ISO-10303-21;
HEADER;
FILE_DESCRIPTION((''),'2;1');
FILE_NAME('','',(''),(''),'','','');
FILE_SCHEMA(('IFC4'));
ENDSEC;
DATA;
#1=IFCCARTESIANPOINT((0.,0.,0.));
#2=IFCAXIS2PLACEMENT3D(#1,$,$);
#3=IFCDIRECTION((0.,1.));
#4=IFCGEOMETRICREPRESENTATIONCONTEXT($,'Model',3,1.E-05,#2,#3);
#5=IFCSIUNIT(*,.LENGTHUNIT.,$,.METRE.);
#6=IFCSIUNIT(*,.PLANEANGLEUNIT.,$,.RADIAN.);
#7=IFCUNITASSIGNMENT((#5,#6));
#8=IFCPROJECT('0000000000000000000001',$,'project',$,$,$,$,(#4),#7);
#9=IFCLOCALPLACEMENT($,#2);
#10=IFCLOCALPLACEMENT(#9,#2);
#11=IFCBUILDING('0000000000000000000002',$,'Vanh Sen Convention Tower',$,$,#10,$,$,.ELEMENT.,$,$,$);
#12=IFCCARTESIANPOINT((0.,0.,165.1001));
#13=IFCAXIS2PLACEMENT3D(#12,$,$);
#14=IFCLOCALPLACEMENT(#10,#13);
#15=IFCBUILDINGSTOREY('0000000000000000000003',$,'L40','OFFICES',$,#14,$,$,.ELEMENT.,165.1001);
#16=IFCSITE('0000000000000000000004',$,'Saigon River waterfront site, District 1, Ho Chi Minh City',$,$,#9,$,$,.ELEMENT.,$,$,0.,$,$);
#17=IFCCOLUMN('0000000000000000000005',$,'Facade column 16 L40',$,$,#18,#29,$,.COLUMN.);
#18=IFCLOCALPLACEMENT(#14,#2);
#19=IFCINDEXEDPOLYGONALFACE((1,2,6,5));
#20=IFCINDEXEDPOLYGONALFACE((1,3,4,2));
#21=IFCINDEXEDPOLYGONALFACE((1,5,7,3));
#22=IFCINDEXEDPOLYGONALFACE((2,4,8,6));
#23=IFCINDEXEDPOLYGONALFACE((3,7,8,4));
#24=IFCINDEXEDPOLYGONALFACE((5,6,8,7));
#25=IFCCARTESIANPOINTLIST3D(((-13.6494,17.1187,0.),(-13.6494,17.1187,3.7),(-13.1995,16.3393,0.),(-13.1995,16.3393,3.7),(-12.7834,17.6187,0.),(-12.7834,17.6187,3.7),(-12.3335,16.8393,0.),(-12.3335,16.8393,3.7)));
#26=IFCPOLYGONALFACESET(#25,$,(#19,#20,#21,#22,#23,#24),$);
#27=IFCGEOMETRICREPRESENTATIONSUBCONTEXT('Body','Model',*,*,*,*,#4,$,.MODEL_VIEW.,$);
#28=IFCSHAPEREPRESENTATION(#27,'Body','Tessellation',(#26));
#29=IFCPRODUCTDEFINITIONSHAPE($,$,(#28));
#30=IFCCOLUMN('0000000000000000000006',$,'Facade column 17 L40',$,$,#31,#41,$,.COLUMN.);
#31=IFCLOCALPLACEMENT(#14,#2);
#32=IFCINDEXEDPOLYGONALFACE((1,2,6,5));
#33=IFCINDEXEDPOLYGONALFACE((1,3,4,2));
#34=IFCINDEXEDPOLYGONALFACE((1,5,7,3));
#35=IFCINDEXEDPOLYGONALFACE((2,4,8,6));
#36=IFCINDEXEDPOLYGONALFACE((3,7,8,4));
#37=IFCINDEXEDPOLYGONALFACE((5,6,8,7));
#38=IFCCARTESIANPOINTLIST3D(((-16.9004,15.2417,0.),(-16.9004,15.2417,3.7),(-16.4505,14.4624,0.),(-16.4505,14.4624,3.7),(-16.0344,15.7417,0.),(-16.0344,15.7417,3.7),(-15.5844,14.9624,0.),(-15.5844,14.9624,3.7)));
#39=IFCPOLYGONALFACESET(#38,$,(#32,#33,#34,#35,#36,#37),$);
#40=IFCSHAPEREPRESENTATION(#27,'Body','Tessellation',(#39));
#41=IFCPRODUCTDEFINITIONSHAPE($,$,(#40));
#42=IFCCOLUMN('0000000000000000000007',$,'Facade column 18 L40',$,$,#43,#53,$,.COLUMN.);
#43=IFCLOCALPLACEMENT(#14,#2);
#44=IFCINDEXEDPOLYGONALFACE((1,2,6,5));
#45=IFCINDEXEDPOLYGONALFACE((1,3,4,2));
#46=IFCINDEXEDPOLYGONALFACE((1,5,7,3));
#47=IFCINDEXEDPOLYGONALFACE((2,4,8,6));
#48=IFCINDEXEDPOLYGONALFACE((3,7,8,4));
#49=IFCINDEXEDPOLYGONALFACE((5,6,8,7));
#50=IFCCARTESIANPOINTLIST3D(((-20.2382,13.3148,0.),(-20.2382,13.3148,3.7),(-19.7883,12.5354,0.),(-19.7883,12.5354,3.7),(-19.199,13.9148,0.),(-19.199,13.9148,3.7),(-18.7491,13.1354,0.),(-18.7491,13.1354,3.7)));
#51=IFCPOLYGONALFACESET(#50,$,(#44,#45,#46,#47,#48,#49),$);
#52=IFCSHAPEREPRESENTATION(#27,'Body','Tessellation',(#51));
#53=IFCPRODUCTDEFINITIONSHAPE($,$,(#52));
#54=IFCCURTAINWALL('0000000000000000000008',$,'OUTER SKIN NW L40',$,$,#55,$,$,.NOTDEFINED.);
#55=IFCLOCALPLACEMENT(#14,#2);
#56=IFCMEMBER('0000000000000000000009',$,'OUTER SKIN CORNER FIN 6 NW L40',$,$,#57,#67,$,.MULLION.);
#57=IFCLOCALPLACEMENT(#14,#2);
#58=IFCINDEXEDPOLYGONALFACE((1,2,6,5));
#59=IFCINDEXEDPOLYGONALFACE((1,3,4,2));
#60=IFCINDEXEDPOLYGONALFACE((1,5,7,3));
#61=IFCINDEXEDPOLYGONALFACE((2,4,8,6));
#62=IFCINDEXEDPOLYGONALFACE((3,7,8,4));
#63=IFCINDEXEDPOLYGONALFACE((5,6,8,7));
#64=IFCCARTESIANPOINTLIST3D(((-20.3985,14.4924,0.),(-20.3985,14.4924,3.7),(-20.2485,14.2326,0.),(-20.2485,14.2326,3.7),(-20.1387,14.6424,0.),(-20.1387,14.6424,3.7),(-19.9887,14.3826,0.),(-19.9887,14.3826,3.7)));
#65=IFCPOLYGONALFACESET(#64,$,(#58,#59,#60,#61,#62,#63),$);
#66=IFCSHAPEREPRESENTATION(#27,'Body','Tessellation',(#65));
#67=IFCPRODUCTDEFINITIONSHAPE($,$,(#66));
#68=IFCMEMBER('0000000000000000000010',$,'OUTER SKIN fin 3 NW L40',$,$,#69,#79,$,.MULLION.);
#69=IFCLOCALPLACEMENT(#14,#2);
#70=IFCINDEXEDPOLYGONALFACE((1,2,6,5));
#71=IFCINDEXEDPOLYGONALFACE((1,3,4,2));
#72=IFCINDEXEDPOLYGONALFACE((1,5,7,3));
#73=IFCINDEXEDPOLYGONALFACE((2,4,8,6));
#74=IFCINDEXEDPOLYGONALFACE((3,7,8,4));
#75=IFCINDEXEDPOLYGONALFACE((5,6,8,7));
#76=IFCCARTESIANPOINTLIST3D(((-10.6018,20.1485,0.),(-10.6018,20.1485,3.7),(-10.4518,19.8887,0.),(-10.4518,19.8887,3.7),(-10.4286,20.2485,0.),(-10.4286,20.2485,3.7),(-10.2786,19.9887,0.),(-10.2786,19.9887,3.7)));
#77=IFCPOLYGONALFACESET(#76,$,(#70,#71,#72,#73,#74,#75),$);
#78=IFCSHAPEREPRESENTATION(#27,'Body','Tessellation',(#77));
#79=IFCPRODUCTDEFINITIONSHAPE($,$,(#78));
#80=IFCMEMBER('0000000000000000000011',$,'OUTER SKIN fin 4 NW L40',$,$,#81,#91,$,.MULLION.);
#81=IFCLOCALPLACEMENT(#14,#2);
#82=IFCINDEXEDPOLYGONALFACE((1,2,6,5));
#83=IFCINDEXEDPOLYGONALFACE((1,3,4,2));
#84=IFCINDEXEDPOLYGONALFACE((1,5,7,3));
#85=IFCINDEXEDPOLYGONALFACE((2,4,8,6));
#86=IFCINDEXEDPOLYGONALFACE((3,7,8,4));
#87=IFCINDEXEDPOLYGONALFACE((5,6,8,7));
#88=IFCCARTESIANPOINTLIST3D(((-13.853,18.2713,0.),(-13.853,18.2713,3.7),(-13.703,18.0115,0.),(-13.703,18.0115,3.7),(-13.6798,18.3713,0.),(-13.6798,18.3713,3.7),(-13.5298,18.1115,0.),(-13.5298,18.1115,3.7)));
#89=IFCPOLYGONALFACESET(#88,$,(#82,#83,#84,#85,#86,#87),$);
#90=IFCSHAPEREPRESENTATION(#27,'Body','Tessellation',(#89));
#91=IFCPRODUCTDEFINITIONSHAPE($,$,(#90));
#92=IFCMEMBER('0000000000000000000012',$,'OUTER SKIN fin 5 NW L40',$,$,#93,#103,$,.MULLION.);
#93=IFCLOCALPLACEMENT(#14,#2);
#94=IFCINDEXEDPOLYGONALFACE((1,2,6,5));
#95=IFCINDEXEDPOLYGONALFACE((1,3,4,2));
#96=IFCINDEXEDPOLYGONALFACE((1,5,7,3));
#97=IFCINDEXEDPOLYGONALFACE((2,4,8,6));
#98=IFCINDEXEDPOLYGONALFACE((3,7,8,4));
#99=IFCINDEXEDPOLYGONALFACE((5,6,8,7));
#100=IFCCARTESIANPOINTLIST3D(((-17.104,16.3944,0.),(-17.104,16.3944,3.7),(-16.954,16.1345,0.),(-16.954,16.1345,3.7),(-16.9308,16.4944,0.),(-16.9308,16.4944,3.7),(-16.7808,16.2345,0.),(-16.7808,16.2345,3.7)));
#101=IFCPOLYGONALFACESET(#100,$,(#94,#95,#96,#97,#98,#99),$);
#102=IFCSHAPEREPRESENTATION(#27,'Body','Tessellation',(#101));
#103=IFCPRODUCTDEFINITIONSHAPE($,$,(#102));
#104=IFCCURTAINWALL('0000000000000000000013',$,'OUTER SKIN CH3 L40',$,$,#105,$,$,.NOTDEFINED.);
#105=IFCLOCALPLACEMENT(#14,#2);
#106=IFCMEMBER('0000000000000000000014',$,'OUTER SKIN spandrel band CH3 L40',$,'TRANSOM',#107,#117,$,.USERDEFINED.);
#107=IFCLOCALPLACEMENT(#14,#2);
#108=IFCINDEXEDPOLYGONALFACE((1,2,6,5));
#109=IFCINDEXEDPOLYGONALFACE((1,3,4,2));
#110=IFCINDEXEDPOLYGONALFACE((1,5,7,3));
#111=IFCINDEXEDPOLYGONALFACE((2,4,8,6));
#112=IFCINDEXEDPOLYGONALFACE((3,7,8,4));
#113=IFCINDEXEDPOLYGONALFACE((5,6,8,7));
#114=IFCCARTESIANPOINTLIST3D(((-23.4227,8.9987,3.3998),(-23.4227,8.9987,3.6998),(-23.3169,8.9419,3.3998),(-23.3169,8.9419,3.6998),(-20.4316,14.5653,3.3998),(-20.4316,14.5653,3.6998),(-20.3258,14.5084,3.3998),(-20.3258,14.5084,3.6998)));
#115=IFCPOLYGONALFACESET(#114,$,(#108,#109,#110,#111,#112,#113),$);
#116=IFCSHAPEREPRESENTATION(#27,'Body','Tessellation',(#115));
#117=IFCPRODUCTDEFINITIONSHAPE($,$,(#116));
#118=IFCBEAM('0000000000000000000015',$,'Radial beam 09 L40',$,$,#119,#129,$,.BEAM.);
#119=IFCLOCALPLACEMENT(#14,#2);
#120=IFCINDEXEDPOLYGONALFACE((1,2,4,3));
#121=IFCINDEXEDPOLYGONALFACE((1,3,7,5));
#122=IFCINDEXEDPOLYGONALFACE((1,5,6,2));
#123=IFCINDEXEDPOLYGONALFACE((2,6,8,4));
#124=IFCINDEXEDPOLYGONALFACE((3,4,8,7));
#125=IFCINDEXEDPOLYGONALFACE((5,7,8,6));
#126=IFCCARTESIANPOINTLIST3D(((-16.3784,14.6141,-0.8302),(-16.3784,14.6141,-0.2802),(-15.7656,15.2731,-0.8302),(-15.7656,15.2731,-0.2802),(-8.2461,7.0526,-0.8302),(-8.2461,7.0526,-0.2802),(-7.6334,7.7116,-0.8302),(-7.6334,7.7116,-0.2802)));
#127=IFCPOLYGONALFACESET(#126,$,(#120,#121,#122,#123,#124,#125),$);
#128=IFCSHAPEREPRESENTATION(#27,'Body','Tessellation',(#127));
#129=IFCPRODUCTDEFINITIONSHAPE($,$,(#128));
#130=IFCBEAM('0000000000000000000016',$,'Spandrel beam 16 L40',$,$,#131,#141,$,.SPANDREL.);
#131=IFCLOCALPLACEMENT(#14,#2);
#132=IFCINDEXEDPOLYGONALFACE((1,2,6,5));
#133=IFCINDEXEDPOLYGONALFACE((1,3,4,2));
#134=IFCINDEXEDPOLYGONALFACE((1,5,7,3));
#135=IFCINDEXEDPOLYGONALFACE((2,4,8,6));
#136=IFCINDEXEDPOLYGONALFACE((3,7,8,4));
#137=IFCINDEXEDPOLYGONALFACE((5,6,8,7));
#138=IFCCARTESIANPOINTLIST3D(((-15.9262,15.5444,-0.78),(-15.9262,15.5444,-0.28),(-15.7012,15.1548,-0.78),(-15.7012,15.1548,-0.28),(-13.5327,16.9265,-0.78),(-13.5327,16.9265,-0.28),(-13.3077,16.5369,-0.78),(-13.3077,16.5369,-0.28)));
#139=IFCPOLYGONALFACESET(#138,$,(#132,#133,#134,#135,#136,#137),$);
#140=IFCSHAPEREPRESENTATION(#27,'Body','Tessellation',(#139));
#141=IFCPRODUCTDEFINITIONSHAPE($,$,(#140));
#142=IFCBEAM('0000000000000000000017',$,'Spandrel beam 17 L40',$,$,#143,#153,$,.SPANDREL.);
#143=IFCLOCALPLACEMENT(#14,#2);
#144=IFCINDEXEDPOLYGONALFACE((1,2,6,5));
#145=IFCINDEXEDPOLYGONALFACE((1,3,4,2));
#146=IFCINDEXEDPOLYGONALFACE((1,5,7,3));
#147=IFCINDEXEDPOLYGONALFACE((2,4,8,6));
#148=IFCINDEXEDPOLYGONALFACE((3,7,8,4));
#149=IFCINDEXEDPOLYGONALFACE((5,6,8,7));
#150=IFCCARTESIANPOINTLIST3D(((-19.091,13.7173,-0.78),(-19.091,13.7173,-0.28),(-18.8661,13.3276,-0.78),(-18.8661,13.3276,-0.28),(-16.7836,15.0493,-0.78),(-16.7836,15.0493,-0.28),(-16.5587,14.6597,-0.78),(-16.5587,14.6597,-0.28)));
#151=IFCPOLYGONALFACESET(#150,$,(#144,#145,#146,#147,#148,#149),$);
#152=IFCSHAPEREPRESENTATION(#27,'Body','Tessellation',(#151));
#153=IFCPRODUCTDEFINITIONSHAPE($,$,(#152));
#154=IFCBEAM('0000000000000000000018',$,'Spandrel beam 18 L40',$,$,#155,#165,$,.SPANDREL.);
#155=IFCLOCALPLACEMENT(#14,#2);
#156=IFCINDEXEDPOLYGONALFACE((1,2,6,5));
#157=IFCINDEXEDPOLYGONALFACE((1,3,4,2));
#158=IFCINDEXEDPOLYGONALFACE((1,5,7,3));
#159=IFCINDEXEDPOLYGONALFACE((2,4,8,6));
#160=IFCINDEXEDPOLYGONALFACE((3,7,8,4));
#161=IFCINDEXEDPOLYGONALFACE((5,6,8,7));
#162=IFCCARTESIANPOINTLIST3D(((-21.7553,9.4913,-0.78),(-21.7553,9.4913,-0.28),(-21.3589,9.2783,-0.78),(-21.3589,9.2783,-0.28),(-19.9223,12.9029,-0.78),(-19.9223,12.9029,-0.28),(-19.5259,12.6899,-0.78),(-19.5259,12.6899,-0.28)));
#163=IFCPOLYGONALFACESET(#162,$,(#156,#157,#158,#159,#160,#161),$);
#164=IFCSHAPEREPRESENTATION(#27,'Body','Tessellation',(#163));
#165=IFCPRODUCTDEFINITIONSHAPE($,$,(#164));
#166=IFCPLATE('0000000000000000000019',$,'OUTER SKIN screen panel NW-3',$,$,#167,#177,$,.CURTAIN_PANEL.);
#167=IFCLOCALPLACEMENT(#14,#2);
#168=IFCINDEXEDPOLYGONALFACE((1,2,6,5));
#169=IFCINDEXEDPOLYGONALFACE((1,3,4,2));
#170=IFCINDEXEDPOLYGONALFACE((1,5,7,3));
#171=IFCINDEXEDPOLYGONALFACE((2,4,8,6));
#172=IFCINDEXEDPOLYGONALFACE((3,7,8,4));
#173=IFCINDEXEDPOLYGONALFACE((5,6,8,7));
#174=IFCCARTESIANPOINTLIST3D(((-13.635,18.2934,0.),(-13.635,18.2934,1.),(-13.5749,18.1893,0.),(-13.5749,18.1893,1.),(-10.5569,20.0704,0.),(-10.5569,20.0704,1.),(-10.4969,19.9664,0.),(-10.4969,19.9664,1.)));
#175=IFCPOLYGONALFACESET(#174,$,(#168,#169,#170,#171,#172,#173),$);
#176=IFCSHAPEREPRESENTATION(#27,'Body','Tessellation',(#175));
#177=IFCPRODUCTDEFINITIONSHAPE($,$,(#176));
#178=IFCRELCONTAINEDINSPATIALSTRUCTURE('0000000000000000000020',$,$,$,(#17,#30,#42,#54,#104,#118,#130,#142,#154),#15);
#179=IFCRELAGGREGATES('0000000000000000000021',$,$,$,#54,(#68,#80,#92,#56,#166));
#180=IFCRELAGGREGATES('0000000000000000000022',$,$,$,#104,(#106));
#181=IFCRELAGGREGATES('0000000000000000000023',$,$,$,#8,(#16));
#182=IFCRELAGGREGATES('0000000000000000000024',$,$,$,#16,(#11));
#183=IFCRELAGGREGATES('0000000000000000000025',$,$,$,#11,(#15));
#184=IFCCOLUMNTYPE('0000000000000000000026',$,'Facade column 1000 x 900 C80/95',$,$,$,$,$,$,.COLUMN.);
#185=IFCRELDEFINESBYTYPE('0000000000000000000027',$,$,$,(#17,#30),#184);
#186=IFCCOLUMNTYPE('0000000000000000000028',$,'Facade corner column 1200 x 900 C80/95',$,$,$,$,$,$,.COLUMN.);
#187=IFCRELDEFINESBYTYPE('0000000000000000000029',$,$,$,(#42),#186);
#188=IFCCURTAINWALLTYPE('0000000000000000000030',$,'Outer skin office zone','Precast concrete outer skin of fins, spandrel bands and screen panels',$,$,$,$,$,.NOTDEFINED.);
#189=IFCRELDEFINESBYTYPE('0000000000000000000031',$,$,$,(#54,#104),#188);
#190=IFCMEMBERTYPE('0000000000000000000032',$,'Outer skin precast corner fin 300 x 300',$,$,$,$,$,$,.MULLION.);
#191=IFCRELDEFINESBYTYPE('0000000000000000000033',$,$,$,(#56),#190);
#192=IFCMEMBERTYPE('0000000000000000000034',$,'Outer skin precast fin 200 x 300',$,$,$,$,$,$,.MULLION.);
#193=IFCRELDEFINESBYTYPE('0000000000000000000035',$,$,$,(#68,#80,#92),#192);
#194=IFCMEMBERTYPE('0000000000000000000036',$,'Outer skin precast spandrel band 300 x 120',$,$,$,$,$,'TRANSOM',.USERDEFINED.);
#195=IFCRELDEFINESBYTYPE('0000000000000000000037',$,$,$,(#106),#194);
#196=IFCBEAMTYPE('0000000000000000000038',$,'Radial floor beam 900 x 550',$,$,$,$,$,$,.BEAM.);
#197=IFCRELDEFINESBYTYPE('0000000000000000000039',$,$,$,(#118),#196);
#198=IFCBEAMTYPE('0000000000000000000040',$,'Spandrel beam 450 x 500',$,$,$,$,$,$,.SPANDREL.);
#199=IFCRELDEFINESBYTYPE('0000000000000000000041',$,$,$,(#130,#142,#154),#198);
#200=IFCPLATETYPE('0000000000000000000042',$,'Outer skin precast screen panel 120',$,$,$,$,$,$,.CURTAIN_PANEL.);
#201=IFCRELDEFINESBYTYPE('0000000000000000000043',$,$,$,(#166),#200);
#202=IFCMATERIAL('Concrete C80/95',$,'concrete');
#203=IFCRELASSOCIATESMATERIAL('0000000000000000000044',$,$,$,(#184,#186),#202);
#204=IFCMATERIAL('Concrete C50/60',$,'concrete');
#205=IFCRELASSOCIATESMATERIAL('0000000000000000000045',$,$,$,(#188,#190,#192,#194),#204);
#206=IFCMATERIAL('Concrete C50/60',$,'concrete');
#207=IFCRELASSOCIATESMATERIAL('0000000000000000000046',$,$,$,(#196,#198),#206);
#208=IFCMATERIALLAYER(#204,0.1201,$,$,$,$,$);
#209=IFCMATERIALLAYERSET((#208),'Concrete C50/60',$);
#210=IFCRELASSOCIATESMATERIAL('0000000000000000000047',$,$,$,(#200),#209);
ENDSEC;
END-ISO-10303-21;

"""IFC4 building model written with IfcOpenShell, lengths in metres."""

from ifc_helpers import new_model, si_unit, direction, frame, origin, origin_2d, place, context, subcontext, project, spatial, rectangle, extrude, material, layer, layer_set, material_profile, profile_set, type_object, element, aggregate, save


model = new_model("IFC4")

# Units and contexts
model_context = context("Model", 3, precision=1e-05, world=origin(), true_north=direction((0.0, 1.0)))
body_context = subcontext(model_context, "Body", "Model", "MODEL_VIEW")
ifc_project = project(units=[si_unit("LENGTHUNIT", "METRE"), si_unit("PLANEANGLEUNIT", "RADIAN")], contexts=[model_context])

# Site, building, storey
site_placement = place(None, origin())
site = spatial("IfcSite", under=ifc_project, at=site_placement, Name="Saigon River waterfront site, District 1, Ho Chi Minh City", CompositionType="ELEMENT", RefElevation=0.0)
building_placement = place(site_placement, origin())
building = spatial("IfcBuilding", under=site, at=building_placement, Name="Vanh Sen Convention Tower", CompositionType="ELEMENT")
storey_placement = place(building_placement, frame((0.0, 0.0, 165.1001)))
storey = spatial("IfcBuildingStorey", under=building, at=storey_placement, Name="L40", Description="OFFICES", CompositionType="ELEMENT", Elevation=165.1001)

# Columns
ifc_material_1 = material(Name="Concrete C80/95", Category="concrete")
ifc_material_profile_1 = material_profile(ifc_material_1, rectangle(XDim=1.0, YDim=0.8999, at=origin_2d()), Name="RC 1000X900")
ifc_profile_set_1 = profile_set([ifc_material_profile_1], Name="Concrete C80/95")
column_type_1 = type_object("IfcColumnType", Name="Facade column 1000 x 900 C80/95", PredefinedType="COLUMN", material=ifc_profile_set_1)
for number, where, z_axis, x_axis, name in (
    (1, (-12.9915, 16.979, 0.0), (0.0, 0.0, 1.0), (-0.866025, -0.5, 0.0), "Facade column 16 L40"),
    (2, (-16.2424, 15.1021, 0.0), (0.0, 0.0, 1.0), (-0.866025, -0.5, 0.0), "Facade column 17 L40"),
):
    element("IfcColumn", number, at=place(storey_placement, frame(where, z_axis=z_axis, x_axis=x_axis)), inside=storey, type_object=column_type_1, Name=name, PredefinedType="COLUMN", context=body_context, shape_type="SweptSolid", body=[
        extrude(rectangle(XDim=1.0, YDim=0.8999, at=origin_2d()), origin(), (0.0, 0.0, 1.0), 3.7),
    ])
ifc_material_profile_2 = material_profile(ifc_material_1, rectangle(XDim=1.2, YDim=0.8999, at=origin_2d()), Name="RC 1200X900")
ifc_profile_set_2 = profile_set([ifc_material_profile_2], Name="Concrete C80/95")
column_type_2 = type_object("IfcColumnType", Name="Facade corner column 1200 x 900 C80/95", PredefinedType="COLUMN", material=ifc_profile_set_2)
column_placement = place(storey_placement, frame((-19.4937, 13.2251, 0.0), z_axis=(0.0, 0.0, 1.0), x_axis=(-0.866025, -0.5, 0.0)))
element("IfcColumn", 3, at=column_placement, inside=storey, type_object=column_type_2, Name="Facade column 18 L40", PredefinedType="COLUMN", context=body_context, shape_type="SweptSolid", body=[
    extrude(rectangle(XDim=1.2, YDim=0.8999, at=origin_2d()), origin(), (0.0, 0.0, 1.0), 3.7),
])

# Curtain wall, members
ifc_material_2 = material(Name="Concrete C50/60", Category="concrete")
curtain_wall_type = type_object("IfcCurtainWallType", Name="Outer skin office zone", Description="Precast concrete outer skin of fins, spandrel bands and screen panels", PredefinedType="NOTDEFINED", material=ifc_material_2)
curtain_wall_1_placement = place(storey_placement, origin())
curtain_wall_1 = element("IfcCurtainWall", 4, at=curtain_wall_1_placement, inside=storey, type_object=curtain_wall_type, Name="OUTER SKIN NW L40", PredefinedType="NOTDEFINED")
ifc_material_profile_3 = material_profile(ifc_material_2, rectangle(XDim=0.3, YDim=0.3, at=origin_2d()), Name="Outer skin precast corner fin 300 x 300")
ifc_profile_set_3 = profile_set([ifc_material_profile_3], Name="Concrete C50/60")
member_type_1 = type_object("IfcMemberType", Name="Outer skin precast corner fin 300 x 300", PredefinedType="MULLION", material=ifc_profile_set_3)
member_1_placement = place(storey_placement, frame((-20.1936, 14.4375, 0.0), z_axis=(0.0, 0.0, 1.0), x_axis=(-0.866025, -0.5, 0.0)))
member_1 = element("IfcMember", 5, at=member_1_placement, type_object=member_type_1, Name="OUTER SKIN CORNER FIN 6 NW L40", PredefinedType="MULLION", context=body_context, shape_type="SweptSolid", body=[
    extrude(rectangle(XDim=0.3, YDim=0.3, at=origin_2d()), origin(), (0.0, 0.0, 1.0), 3.7),
])
ifc_material_profile_4 = material_profile(ifc_material_2, rectangle(XDim=0.2, YDim=0.3, at=origin_2d()), Name="Outer skin precast fin 200 x 300")
ifc_profile_set_4 = profile_set([ifc_material_profile_4], Name="Concrete C50/60")
member_type_2 = type_object("IfcMemberType", Name="Outer skin precast fin 200 x 300", PredefinedType="MULLION", material=ifc_profile_set_4)
member_2_placement = place(storey_placement, frame((-10.4402, 20.0686, 0.0), z_axis=(0.0, 0.0, 1.0), x_axis=(-0.866025, -0.5, 0.0)))
member_2 = element("IfcMember", 6, at=member_2_placement, type_object=member_type_2, Name="OUTER SKIN fin 3 NW L40", PredefinedType="MULLION", context=body_context, shape_type="SweptSolid", body=[
    extrude(rectangle(XDim=0.2, YDim=0.3, at=origin_2d()), origin(), (0.0, 0.0, 1.0), 3.7),
])
member_3_placement = place(storey_placement, frame((-13.6914, 18.1914, 0.0), z_axis=(0.0, 0.0, 1.0), x_axis=(-0.866025, -0.5, 0.0)))
member_3 = element("IfcMember", 7, at=member_3_placement, type_object=member_type_2, Name="OUTER SKIN fin 4 NW L40", PredefinedType="MULLION", context=body_context, shape_type="SweptSolid", body=[
    extrude(rectangle(XDim=0.2, YDim=0.3, at=origin_2d()), origin(), (0.0, 0.0, 1.0), 3.7),
])
member_4_placement = place(storey_placement, frame((-16.9424, 16.3145, 0.0), z_axis=(0.0, 0.0, 1.0), x_axis=(-0.866025, -0.5, 0.0)))
member_4 = element("IfcMember", 8, at=member_4_placement, type_object=member_type_2, Name="OUTER SKIN fin 5 NW L40", PredefinedType="MULLION", context=body_context, shape_type="SweptSolid", body=[
    extrude(rectangle(XDim=0.2, YDim=0.3, at=origin_2d()), origin(), (0.0, 0.0, 1.0), 3.7),
])

# Curtain wall, member
curtain_wall_2_placement = place(storey_placement, origin())
curtain_wall_2 = element("IfcCurtainWall", 9, at=curtain_wall_2_placement, inside=storey, type_object=curtain_wall_type, Name="OUTER SKIN CH3 L40", PredefinedType="NOTDEFINED")
ifc_material_profile_5 = material_profile(ifc_material_2, rectangle(XDim=0.1201, YDim=0.3, at=origin_2d()), Name="Outer skin precast spandrel band 300 x 120")
ifc_profile_set_5 = profile_set([ifc_material_profile_5], Name="Concrete C50/60")
member_type_3 = type_object("IfcMemberType", Name="Outer skin precast spandrel band 300 x 120", ElementType="TRANSOM", PredefinedType="USERDEFINED", material=ifc_profile_set_5)
member_5_placement = place(storey_placement, frame((-20.3787, 14.5369, 3.5498), z_axis=(-0.473337, -0.880881, 0.0), x_axis=(0.880881, -0.473337, 0.0)))
member_5 = element("IfcMember", 10, at=member_5_placement, type_object=member_type_3, Name="OUTER SKIN spandrel band CH3 L40", ObjectType="TRANSOM", PredefinedType="USERDEFINED", context=body_context, shape_type="SweptSolid", body=[
    extrude(rectangle(XDim=0.1201, YDim=0.3, at=origin_2d()), origin(), (0.0, 0.0, 1.0), 6.3193),
])

# Beams
ifc_material_3 = material(Name="Concrete C50/60", Category="concrete")
ifc_material_profile_6 = material_profile(ifc_material_3, rectangle(XDim=0.8999, YDim=0.55, at=origin_2d()), Name="RC 900X550")
ifc_profile_set_6 = profile_set([ifc_material_profile_6], Name="Concrete C50/60")
beam_type_1 = type_object("IfcBeamType", Name="Radial floor beam 900 x 550", PredefinedType="BEAM", material=ifc_profile_set_6)
beam_1_placement = place(storey_placement, frame((-16.072, 14.9436, -0.5552), z_axis=(0.732341, -0.680938, 0.0), x_axis=(0.680938, 0.732341, 0.0)))
element("IfcBeam", 11, at=beam_1_placement, inside=storey, type_object=beam_type_1, Name="Radial beam 09 L40", PredefinedType="BEAM", context=body_context, shape_type="SweptSolid", body=[
    extrude(rectangle(XDim=0.8999, YDim=0.55, at=origin_2d()), origin(), (0.0, 0.0, 1.0), 11.1045),
])
ifc_material_profile_7 = material_profile(ifc_material_3, rectangle(XDim=0.45, YDim=0.5, at=origin_2d()), Name="RC 450X500")
ifc_profile_set_7 = profile_set([ifc_material_profile_7], Name="Concrete C50/60")
beam_type_2 = type_object("IfcBeamType", Name="Spandrel beam 450 x 500", PredefinedType="SPANDREL", material=ifc_profile_set_7)
beam_2_placement = place(storey_placement, frame((-13.4202, 16.7317, -0.53), z_axis=(-0.866, -0.500044, 0.0), x_axis=(0.500044, -0.866, 0.0)))
element("IfcBeam", 12, at=beam_2_placement, inside=storey, type_object=beam_type_2, Name="Spandrel beam 16 L40", PredefinedType="SPANDREL", context=body_context, shape_type="SweptSolid", body=[
    extrude(rectangle(XDim=0.45, YDim=0.5, at=origin_2d()), origin(), (0.0, 0.0, 1.0), 2.7639),
])
beam_3_placement = place(storey_placement, frame((-16.6711, 14.8545, -0.53), z_axis=(-0.866047, -0.499963, 0.0), x_axis=(0.499963, -0.866047, 0.0)))
element("IfcBeam", 13, at=beam_3_placement, inside=storey, type_object=beam_type_2, Name="Spandrel beam 17 L40", PredefinedType="SPANDREL", context=body_context, shape_type="SweptSolid", body=[
    extrude(rectangle(XDim=0.45, YDim=0.5, at=origin_2d()), origin(), (0.0, 0.0, 1.0), 2.6643),
])
beam_4_placement = place(storey_placement, frame((-19.7241, 12.7964, -0.53), z_axis=(-0.473295, -0.880904, 0.0), x_axis=(0.880904, -0.473295, 0.0)))
element("IfcBeam", 14, at=beam_4_placement, inside=storey, type_object=beam_type_2, Name="Spandrel beam 18 L40", PredefinedType="SPANDREL", context=body_context, shape_type="SweptSolid", body=[
    extrude(rectangle(XDim=0.45, YDim=0.5, at=origin_2d()), origin(), (0.0, 0.0, 1.0), 3.8728),
])

# Plate
ifc_layer_1 = layer(ifc_material_2, 0.1201)
ifc_layer_set_1 = layer_set([ifc_layer_1], Name="Concrete C50/60")
plate_type = type_object("IfcPlateType", Name="Outer skin precast screen panel 120", PredefinedType="CURTAIN_PANEL", material=ifc_layer_set_1)
plate_1_placement = place(storey_placement, frame((-12.0659, 19.1299, 0.0), z_axis=(0.0, 0.0, 1.0), x_axis=(-0.866035, -0.499983, 0.0)))
plate_1 = element("IfcPlate", 15, at=plate_1_placement, type_object=plate_type, Name="OUTER SKIN screen panel NW-3", PredefinedType="CURTAIN_PANEL", context=body_context, shape_type="SweptSolid", body=[
    extrude(rectangle(XDim=3.5542, YDim=0.1201, at=origin_2d()), origin(), (0.0, 0.0, 1.0), 1.0),
])
aggregate(curtain_wall_1, [member_2, member_3, member_4, member_1, plate_1])
aggregate(curtain_wall_2, [member_5])

save(model, "model.ifc")
